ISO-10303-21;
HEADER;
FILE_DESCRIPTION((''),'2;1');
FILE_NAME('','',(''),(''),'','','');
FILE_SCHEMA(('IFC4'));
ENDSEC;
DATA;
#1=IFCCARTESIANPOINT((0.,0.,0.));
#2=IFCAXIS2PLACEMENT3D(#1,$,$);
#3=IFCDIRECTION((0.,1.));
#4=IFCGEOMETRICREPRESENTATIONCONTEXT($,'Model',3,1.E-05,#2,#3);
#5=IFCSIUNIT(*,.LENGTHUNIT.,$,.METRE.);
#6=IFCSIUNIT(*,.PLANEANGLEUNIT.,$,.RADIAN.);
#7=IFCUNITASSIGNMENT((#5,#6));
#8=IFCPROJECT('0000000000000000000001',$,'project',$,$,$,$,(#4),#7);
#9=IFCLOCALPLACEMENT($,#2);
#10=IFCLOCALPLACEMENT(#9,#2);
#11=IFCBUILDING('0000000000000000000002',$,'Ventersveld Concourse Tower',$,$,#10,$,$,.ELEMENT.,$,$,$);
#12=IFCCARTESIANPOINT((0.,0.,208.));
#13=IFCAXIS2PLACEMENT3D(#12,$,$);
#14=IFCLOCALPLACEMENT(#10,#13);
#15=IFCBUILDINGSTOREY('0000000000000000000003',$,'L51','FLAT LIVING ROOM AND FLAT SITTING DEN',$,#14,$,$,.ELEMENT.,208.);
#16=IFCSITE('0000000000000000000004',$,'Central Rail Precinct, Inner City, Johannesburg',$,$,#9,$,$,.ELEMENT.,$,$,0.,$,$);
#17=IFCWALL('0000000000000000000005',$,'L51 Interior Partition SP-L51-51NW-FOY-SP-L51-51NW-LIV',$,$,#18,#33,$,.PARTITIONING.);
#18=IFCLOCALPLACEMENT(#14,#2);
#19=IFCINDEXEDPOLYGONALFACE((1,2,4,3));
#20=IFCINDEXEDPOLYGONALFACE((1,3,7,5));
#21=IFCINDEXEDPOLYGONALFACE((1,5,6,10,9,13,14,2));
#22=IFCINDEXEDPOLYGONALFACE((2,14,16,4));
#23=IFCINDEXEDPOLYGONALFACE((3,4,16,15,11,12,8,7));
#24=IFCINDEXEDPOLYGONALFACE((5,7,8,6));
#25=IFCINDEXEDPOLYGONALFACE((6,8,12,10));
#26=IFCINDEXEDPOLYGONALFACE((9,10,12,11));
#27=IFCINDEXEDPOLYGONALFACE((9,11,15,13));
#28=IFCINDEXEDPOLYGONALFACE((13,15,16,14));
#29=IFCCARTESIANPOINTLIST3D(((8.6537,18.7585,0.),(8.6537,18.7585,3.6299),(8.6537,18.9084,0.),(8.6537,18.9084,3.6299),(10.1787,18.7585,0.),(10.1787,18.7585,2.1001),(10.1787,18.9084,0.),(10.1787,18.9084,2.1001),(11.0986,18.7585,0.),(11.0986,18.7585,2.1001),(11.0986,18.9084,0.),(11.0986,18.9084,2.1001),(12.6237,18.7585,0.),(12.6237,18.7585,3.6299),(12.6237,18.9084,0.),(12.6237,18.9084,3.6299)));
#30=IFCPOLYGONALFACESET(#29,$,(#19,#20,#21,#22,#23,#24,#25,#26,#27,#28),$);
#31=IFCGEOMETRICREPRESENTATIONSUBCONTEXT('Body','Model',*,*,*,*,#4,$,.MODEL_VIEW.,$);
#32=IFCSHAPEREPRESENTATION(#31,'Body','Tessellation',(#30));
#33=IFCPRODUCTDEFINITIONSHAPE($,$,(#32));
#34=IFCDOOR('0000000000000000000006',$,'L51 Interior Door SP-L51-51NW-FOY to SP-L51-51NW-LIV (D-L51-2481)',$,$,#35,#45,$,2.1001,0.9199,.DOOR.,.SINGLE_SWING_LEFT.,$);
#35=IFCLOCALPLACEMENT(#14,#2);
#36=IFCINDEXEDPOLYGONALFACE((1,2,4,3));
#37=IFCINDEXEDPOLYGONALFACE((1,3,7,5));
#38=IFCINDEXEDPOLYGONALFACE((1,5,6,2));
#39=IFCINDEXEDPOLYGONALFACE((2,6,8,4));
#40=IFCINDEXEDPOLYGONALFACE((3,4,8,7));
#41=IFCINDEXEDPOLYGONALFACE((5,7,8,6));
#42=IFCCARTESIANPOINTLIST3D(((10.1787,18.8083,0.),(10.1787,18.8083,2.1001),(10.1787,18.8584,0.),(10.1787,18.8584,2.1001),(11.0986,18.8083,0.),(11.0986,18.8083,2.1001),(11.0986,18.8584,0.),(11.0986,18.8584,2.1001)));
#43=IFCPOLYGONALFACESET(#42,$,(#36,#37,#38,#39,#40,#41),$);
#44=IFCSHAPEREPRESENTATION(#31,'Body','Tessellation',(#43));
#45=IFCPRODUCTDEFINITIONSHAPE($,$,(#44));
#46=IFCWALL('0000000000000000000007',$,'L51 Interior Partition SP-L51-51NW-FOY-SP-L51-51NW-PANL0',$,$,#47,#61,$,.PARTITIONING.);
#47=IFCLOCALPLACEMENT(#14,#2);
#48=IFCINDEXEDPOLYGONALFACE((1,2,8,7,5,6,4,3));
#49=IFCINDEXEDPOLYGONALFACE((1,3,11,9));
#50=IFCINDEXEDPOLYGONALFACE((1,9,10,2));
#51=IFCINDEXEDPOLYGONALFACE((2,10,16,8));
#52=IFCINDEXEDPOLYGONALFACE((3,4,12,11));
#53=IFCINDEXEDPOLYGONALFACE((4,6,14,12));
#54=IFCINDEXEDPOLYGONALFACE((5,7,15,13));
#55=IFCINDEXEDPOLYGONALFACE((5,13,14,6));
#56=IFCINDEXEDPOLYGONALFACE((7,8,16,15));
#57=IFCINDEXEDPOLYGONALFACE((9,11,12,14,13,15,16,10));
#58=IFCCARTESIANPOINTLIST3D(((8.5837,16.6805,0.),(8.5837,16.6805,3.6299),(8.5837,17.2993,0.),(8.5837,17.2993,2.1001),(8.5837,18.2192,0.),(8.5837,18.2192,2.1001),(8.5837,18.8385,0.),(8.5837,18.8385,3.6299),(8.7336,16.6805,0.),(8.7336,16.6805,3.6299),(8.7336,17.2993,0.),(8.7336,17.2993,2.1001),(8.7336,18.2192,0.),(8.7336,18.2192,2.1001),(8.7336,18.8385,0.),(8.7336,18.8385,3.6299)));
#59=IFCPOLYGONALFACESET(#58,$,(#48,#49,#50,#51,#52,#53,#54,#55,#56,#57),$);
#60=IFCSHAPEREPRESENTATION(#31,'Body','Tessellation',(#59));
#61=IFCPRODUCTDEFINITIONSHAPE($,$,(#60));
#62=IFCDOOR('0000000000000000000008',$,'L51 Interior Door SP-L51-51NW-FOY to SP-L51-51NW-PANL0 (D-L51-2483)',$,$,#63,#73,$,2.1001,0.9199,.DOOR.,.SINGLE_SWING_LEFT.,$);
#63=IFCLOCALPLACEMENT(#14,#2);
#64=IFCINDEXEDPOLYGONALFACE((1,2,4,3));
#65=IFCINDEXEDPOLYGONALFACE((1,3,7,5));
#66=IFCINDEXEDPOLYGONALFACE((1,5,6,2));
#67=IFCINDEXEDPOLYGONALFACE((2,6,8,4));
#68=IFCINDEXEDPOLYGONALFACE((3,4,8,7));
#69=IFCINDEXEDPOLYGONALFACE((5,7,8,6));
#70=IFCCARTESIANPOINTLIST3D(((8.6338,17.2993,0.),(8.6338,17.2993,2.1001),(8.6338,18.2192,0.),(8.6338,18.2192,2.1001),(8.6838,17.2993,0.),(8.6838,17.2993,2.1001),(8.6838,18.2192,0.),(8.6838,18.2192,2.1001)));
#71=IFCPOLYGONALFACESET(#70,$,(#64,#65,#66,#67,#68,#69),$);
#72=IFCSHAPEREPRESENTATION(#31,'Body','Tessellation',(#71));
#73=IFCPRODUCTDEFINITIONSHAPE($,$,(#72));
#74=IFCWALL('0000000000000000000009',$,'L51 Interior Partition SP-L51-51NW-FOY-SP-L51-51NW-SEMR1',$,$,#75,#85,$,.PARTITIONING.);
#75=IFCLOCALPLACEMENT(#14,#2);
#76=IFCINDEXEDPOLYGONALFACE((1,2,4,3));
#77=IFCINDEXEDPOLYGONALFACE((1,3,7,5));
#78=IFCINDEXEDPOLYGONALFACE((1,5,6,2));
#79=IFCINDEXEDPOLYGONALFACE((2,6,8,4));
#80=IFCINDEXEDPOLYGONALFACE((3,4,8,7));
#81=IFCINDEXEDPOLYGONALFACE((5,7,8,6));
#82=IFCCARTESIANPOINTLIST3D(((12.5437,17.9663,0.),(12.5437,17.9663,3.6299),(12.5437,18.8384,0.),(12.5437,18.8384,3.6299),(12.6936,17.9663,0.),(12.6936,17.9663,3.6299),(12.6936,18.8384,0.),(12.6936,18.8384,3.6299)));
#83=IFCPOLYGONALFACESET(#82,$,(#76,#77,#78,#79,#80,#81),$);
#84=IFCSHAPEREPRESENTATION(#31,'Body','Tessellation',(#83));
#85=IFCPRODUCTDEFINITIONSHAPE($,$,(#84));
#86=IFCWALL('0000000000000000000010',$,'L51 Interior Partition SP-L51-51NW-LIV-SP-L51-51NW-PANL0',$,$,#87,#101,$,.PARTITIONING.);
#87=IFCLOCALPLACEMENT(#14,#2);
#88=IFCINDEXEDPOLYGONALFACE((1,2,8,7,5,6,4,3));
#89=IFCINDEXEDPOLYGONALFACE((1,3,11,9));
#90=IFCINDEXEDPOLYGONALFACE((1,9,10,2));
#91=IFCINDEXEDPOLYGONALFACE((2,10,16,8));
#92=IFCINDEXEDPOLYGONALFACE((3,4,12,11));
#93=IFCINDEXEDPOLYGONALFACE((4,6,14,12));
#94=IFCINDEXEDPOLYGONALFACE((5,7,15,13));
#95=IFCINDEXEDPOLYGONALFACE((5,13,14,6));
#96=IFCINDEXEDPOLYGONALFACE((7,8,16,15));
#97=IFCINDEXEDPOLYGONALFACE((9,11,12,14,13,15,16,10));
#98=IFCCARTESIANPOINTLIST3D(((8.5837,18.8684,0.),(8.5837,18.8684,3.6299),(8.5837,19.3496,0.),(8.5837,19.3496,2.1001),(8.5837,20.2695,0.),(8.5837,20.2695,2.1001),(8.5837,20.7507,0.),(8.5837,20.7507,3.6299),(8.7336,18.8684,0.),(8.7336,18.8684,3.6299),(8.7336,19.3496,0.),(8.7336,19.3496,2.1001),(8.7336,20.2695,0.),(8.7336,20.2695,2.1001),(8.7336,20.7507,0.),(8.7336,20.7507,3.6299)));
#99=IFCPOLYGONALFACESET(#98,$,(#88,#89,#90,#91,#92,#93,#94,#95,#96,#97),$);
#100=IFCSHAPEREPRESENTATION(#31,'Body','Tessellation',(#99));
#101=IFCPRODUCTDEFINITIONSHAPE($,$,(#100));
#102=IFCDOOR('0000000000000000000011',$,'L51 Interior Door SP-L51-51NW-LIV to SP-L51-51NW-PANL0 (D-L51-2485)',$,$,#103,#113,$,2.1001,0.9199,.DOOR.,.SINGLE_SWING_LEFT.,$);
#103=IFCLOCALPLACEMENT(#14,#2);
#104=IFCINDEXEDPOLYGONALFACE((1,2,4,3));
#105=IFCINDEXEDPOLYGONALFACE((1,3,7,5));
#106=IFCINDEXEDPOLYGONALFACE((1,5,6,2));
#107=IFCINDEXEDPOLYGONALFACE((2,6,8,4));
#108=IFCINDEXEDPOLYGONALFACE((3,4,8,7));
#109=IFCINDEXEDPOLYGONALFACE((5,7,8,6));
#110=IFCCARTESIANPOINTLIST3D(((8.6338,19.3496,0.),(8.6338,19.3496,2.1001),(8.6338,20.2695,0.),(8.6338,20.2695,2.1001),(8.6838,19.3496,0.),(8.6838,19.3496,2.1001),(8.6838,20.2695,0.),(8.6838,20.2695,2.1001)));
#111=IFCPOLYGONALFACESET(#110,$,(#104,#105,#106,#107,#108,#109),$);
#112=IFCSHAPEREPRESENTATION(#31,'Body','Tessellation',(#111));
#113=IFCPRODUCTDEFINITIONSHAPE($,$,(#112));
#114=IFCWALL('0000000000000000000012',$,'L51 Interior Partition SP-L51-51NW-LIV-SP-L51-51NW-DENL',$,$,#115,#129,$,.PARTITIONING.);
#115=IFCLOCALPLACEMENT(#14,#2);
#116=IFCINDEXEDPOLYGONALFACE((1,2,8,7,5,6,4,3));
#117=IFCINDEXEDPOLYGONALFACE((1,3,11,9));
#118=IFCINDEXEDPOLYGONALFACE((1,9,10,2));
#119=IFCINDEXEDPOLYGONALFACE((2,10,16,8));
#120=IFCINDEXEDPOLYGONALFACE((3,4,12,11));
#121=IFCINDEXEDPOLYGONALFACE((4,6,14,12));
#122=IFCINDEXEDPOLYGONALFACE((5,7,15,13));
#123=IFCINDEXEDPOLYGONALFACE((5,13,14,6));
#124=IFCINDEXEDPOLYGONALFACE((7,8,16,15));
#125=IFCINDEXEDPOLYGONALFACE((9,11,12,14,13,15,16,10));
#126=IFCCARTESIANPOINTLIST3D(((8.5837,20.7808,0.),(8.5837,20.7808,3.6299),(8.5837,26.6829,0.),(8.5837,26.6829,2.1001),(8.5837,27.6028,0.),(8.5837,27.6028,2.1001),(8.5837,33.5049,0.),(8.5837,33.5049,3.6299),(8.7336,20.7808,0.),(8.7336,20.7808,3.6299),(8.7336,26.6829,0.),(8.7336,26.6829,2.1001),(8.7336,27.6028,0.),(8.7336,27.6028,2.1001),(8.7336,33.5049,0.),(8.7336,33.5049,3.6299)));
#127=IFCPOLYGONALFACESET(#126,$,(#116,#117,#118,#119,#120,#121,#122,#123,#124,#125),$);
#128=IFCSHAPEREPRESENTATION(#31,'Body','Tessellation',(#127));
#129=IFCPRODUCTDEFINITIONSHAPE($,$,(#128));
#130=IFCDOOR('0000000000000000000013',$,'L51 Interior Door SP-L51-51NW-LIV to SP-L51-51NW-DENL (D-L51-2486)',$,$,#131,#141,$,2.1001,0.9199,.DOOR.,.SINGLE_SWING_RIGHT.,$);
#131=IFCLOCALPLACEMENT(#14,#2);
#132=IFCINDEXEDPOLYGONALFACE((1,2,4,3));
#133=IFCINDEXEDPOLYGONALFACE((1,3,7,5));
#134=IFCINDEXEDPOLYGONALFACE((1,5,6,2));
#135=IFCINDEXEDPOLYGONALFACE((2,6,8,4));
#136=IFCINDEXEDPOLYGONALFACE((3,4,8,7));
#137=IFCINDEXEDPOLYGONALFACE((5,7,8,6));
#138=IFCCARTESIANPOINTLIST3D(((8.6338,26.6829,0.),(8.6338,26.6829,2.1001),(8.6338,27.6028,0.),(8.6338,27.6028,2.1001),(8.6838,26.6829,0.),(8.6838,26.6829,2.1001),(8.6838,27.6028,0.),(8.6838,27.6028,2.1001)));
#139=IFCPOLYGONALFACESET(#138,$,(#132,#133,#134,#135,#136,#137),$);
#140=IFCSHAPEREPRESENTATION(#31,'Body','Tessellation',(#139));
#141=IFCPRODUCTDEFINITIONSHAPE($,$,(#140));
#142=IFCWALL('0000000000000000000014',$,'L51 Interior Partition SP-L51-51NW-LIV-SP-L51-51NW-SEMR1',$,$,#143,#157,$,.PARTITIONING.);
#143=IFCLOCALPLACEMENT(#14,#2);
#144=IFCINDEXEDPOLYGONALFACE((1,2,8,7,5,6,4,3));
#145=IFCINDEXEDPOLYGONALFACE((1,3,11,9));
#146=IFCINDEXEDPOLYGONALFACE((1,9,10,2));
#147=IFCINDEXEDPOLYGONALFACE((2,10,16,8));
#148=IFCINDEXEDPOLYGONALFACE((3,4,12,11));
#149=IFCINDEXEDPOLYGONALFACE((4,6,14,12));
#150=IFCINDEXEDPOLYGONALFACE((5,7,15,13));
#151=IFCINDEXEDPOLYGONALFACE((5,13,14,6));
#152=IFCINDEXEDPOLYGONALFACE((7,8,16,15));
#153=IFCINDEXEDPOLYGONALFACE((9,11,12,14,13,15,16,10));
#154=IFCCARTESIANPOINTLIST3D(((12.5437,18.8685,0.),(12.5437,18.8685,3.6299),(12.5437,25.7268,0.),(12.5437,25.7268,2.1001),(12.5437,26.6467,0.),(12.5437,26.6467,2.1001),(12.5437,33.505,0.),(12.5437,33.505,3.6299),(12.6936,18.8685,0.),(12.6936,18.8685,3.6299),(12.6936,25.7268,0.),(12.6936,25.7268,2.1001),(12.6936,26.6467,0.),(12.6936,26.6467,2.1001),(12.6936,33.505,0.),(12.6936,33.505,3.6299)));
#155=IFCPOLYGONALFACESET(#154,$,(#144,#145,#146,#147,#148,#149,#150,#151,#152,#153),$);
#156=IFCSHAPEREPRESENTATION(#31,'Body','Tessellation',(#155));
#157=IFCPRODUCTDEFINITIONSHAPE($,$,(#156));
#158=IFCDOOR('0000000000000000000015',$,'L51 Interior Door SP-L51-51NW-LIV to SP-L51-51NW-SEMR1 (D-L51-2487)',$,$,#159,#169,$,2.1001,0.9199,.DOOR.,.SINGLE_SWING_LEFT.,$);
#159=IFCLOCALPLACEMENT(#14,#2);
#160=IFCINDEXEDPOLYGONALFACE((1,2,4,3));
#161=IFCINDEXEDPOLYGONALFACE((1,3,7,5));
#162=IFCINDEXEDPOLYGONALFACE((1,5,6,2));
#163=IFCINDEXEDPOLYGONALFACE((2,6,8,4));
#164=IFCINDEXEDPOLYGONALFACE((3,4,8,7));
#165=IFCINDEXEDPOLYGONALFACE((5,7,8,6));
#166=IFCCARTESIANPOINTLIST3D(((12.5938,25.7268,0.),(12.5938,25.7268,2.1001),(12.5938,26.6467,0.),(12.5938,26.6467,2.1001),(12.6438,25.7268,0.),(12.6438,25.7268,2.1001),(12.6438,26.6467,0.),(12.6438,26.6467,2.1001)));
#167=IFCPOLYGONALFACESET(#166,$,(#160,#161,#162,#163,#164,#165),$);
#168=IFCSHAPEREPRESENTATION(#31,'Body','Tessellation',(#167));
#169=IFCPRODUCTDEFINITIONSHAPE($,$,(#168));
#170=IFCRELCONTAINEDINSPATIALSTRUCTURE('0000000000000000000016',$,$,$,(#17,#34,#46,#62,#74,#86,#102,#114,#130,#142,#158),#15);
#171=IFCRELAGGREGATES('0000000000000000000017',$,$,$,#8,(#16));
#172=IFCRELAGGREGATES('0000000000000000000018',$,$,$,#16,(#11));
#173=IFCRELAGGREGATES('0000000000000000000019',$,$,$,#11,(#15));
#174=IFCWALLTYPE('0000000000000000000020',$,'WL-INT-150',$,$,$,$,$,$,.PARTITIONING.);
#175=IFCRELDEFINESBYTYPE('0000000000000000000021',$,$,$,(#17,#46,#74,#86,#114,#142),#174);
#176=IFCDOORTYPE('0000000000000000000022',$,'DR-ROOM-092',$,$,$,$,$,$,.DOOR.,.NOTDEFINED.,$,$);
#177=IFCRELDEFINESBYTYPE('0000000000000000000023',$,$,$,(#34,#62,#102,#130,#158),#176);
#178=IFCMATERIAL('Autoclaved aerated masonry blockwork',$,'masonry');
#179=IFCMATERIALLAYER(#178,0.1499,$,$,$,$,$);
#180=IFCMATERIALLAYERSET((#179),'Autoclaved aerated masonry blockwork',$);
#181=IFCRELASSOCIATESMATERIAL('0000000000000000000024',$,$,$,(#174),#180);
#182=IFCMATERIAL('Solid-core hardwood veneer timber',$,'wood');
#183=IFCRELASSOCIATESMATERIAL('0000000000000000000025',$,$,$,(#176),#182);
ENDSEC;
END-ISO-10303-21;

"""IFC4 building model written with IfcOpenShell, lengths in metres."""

from ifc_helpers import new_model, si_unit, direction, frame, frame_2d, origin, place, context, subcontext, project, spatial, rectangle, extrude, material, layer, layer_set, type_object, element, fill, save


model = new_model("IFC4")

# Units and contexts
model_context = context("Model", 3, precision=1e-05, world=origin(), true_north=direction((0.0, 1.0)))
body_context = subcontext(model_context, "Body", "Model", "MODEL_VIEW")
ifc_project = project(units=[si_unit("LENGTHUNIT", "METRE"), si_unit("PLANEANGLEUNIT", "RADIAN")], contexts=[model_context])

# Site, building, storey
site_placement = place(None, origin())
site = spatial("IfcSite", under=ifc_project, at=site_placement, Name="Central Rail Precinct, Inner City, Johannesburg", CompositionType="ELEMENT", RefElevation=0.0)
building_placement = place(site_placement, origin())
building = spatial("IfcBuilding", under=site, at=building_placement, Name="Ventersveld Concourse Tower", CompositionType="ELEMENT")
storey_placement = place(building_placement, frame((0.0, 0.0, 208.0)))
storey = spatial("IfcBuildingStorey", under=building, at=storey_placement, Name="L51", Description="FLAT LIVING ROOM AND FLAT SITTING DEN", CompositionType="ELEMENT", Elevation=208.0)

# Shared definitions
ifc_material_1 = material(Name="Solid-core hardwood veneer timber", Category="wood")

# Walls, openings, doors
ifc_material_2 = material(Name="Autoclaved aerated masonry blockwork", Category="masonry")
ifc_layer_1 = layer(ifc_material_2, 0.1499)
ifc_layer_set_1 = layer_set([ifc_layer_1], Name="Autoclaved aerated masonry blockwork")
wall_type_1 = type_object("IfcWallType", Name="WL-INT-150", PredefinedType="PARTITIONING", material=ifc_layer_set_1)
wall_1_placement = place(storey_placement, frame((8.6538, 18.8335, 0.0), z_axis=(0.0, 0.0, 1.0), x_axis=(1.0, 0.0, 0.0)))
wall_1 = element("IfcWall", 1, at=wall_1_placement, inside=storey, type_object=wall_type_1, Name="L51 Interior Partition SP-L51-51NW-FOY-SP-L51-51NW-LIV", PredefinedType="PARTITIONING", context=body_context, shape_type="SweptSolid", body=[
    extrude(rectangle(XDim=3.97, YDim=0.1499, at=frame_2d((1.9849, 0.0))), origin(), (0.0, 0.0, 1.0), 3.6299),
])
opening_1_placement = place(wall_1_placement, frame((1.5249, 0.0, 0.0)))
opening_1 = element("IfcOpeningElement", 2, at=opening_1_placement, cuts=wall_1, PredefinedType="OPENING", context=body_context, shape_type="SweptSolid", body=[
    extrude(rectangle(XDim=0.9199, YDim=2.1001, at=frame_2d((0.46, 1.05))), frame((0.0, 0.085, 0.0), z_axis=(0.0, -1.0, 0.0), x_axis=(1.0, 0.0, 0.0)), (0.0, 0.0, 1.0), 0.1699),
])
door_type_1 = type_object("IfcDoorType", Name="DR-ROOM-092", OperationType="NOTDEFINED", PredefinedType="DOOR", material=ifc_material_1)
door_1_placement = place(opening_1_placement, origin())
door_1 = element("IfcDoor", 3, at=door_1_placement, inside=storey, type_object=door_type_1, Name="L51 Interior Door SP-L51-51NW-FOY to SP-L51-51NW-LIV (D-L51-2481)", OperationType="SINGLE_SWING_LEFT", OverallHeight=2.1001, OverallWidth=0.9199, PredefinedType="DOOR", context=body_context, shape_type="SweptSolid", body=[
    extrude(rectangle(XDim=0.9199, YDim=2.1001, at=frame_2d((0.46, 1.05))), frame((0.0, 0.0249, 0.0), z_axis=(0.0, -1.0, 0.0), x_axis=(1.0, 0.0, 0.0)), (0.0, 0.0, 1.0), 0.05),
])
fill(opening_1, door_1)
wall_2_placement = place(storey_placement, frame((8.6587, 16.6804, 0.0), z_axis=(0.0, 0.0, 1.0), x_axis=(0.0, 1.0, 0.0)))
wall_2 = element("IfcWall", 4, at=wall_2_placement, inside=storey, type_object=wall_type_1, Name="L51 Interior Partition SP-L51-51NW-FOY-SP-L51-51NW-PANL0", PredefinedType="PARTITIONING", context=body_context, shape_type="SweptSolid", body=[
    extrude(rectangle(XDim=2.158, YDim=0.1499, at=frame_2d((1.0791, 0.0))), origin(), (0.0, 0.0, 1.0), 3.6299),
])
opening_2_placement = place(wall_2_placement, frame((0.6189, 0.0, 0.0)))
opening_2 = element("IfcOpeningElement", 5, at=opening_2_placement, cuts=wall_2, PredefinedType="OPENING", context=body_context, shape_type="SweptSolid", body=[
    extrude(rectangle(XDim=0.9199, YDim=2.1001, at=frame_2d((0.46, 1.05))), frame((0.0, 0.085, 0.0), z_axis=(0.0, -1.0, 0.0), x_axis=(1.0, 0.0, 0.0)), (0.0, 0.0, 1.0), 0.1699),
])
door_2_placement = place(opening_2_placement, origin())
door_2 = element("IfcDoor", 6, at=door_2_placement, inside=storey, type_object=door_type_1, Name="L51 Interior Door SP-L51-51NW-FOY to SP-L51-51NW-PANL0 (D-L51-2483)", OperationType="SINGLE_SWING_LEFT", OverallHeight=2.1001, OverallWidth=0.9199, PredefinedType="DOOR", context=body_context, shape_type="SweptSolid", body=[
    extrude(rectangle(XDim=0.9199, YDim=2.1001, at=frame_2d((0.46, 1.05))), frame((0.0, 0.0249, 0.0), z_axis=(0.0, -1.0, 0.0), x_axis=(1.0, 0.0, 0.0)), (0.0, 0.0, 1.0), 0.05),
])
fill(opening_2, door_2)

# Wall
wall_3_placement = place(storey_placement, frame((12.6187, 17.9663, 0.0), z_axis=(0.0, 0.0, 1.0), x_axis=(0.0, 1.0, 0.0)))
element("IfcWall", 7, at=wall_3_placement, inside=storey, type_object=wall_type_1, Name="L51 Interior Partition SP-L51-51NW-FOY-SP-L51-51NW-SEMR1", PredefinedType="PARTITIONING", context=body_context, shape_type="SweptSolid", body=[
    extrude(rectangle(XDim=0.8721, YDim=0.1499, at=frame_2d((0.436, 0.0))), origin(), (0.0, 0.0, 1.0), 3.6299),
])

# Walls, openings, doors
wall_4_placement = place(storey_placement, frame((8.6587, 18.8684, 0.0), z_axis=(0.0, 0.0, 1.0), x_axis=(0.0, 1.0, 0.0)))
wall_4 = element("IfcWall", 8, at=wall_4_placement, inside=storey, type_object=wall_type_1, Name="L51 Interior Partition SP-L51-51NW-LIV-SP-L51-51NW-PANL0", PredefinedType="PARTITIONING", context=body_context, shape_type="SweptSolid", body=[
    extrude(rectangle(XDim=1.8823, YDim=0.1499, at=frame_2d((0.9412, 0.0))), origin(), (0.0, 0.0, 1.0), 3.6299),
])
opening_3_placement = place(wall_4_placement, frame((0.4812, 0.0, 0.0)))
opening_3 = element("IfcOpeningElement", 9, at=opening_3_placement, cuts=wall_4, PredefinedType="OPENING", context=body_context, shape_type="SweptSolid", body=[
    extrude(rectangle(XDim=0.9199, YDim=2.1001, at=frame_2d((0.46, 1.05))), frame((0.0, 0.085, 0.0), z_axis=(0.0, -1.0, 0.0), x_axis=(1.0, 0.0, 0.0)), (0.0, 0.0, 1.0), 0.1699),
])
door_3_placement = place(opening_3_placement, origin())
door_3 = element("IfcDoor", 10, at=door_3_placement, inside=storey, type_object=door_type_1, Name="L51 Interior Door SP-L51-51NW-LIV to SP-L51-51NW-PANL0 (D-L51-2485)", OperationType="SINGLE_SWING_LEFT", OverallHeight=2.1001, OverallWidth=0.9199, PredefinedType="DOOR", context=body_context, shape_type="SweptSolid", body=[
    extrude(rectangle(XDim=0.9199, YDim=2.1001, at=frame_2d((0.46, 1.05))), frame((0.0, 0.0249, 0.0), z_axis=(0.0, -1.0, 0.0), x_axis=(1.0, 0.0, 0.0)), (0.0, 0.0, 1.0), 0.05),
])
fill(opening_3, door_3)
wall_5_placement = place(storey_placement, frame((8.6587, 20.7808, 0.0), z_axis=(0.0, 0.0, 1.0), x_axis=(0.0, 1.0, 0.0)))
wall_5 = element("IfcWall", 11, at=wall_5_placement, inside=storey, type_object=wall_type_1, Name="L51 Interior Partition SP-L51-51NW-LIV-SP-L51-51NW-DENL", PredefinedType="PARTITIONING", context=body_context, shape_type="SweptSolid", body=[
    extrude(rectangle(XDim=12.7241, YDim=0.1499, at=frame_2d((6.3621, 0.0))), origin(), (0.0, 0.0, 1.0), 3.6299),
])
opening_4_placement = place(wall_5_placement, frame((5.9021, 0.0, 0.0)))
opening_4 = element("IfcOpeningElement", 12, at=opening_4_placement, cuts=wall_5, PredefinedType="OPENING", context=body_context, shape_type="SweptSolid", body=[
    extrude(rectangle(XDim=0.9199, YDim=2.1001, at=frame_2d((0.46, 1.05))), frame((0.0, 0.085, 0.0), z_axis=(0.0, -1.0, 0.0), x_axis=(1.0, 0.0, 0.0)), (0.0, 0.0, 1.0), 0.1699),
])
door_4_placement = place(opening_4_placement, origin())
door_4 = element("IfcDoor", 13, at=door_4_placement, inside=storey, type_object=door_type_1, Name="L51 Interior Door SP-L51-51NW-LIV to SP-L51-51NW-DENL (D-L51-2486)", OperationType="SINGLE_SWING_RIGHT", OverallHeight=2.1001, OverallWidth=0.9199, PredefinedType="DOOR", context=body_context, shape_type="SweptSolid", body=[
    extrude(rectangle(XDim=0.9199, YDim=2.1001, at=frame_2d((0.46, 1.05))), frame((0.0, 0.0249, 0.0), z_axis=(0.0, -1.0, 0.0), x_axis=(1.0, 0.0, 0.0)), (0.0, 0.0, 1.0), 0.05),
])
fill(opening_4, door_4)
wall_6_placement = place(storey_placement, frame((12.6187, 18.8684, 0.0), z_axis=(0.0, 0.0, 1.0), x_axis=(0.0, 1.0, 0.0)))
wall_6 = element("IfcWall", 14, at=wall_6_placement, inside=storey, type_object=wall_type_1, Name="L51 Interior Partition SP-L51-51NW-LIV-SP-L51-51NW-SEMR1", PredefinedType="PARTITIONING", context=body_context, shape_type="SweptSolid", body=[
    extrude(rectangle(XDim=14.6365, YDim=0.1499, at=frame_2d((7.3184, 0.0))), origin(), (0.0, 0.0, 1.0), 3.6299),
])
opening_5_placement = place(wall_6_placement, frame((6.8584, 0.0, 0.0)))
opening_5 = element("IfcOpeningElement", 15, at=opening_5_placement, cuts=wall_6, PredefinedType="OPENING", context=body_context, shape_type="SweptSolid", body=[
    extrude(rectangle(XDim=0.9199, YDim=2.1001, at=frame_2d((0.46, 1.05))), frame((0.0, 0.085, 0.0), z_axis=(0.0, -1.0, 0.0), x_axis=(1.0, 0.0, 0.0)), (0.0, 0.0, 1.0), 0.1699),
])
door_5_placement = place(opening_5_placement, origin())
door_5 = element("IfcDoor", 16, at=door_5_placement, inside=storey, type_object=door_type_1, Name="L51 Interior Door SP-L51-51NW-LIV to SP-L51-51NW-SEMR1 (D-L51-2487)", OperationType="SINGLE_SWING_LEFT", OverallHeight=2.1001, OverallWidth=0.9199, PredefinedType="DOOR", context=body_context, shape_type="SweptSolid", body=[
    extrude(rectangle(XDim=0.9199, YDim=2.1001, at=frame_2d((0.46, 1.05))), frame((0.0, 0.0249, 0.0), z_axis=(0.0, -1.0, 0.0), x_axis=(1.0, 0.0, 0.0)), (0.0, 0.0, 1.0), 0.05),
])
fill(opening_5, door_5)

save(model, "model.ifc")
